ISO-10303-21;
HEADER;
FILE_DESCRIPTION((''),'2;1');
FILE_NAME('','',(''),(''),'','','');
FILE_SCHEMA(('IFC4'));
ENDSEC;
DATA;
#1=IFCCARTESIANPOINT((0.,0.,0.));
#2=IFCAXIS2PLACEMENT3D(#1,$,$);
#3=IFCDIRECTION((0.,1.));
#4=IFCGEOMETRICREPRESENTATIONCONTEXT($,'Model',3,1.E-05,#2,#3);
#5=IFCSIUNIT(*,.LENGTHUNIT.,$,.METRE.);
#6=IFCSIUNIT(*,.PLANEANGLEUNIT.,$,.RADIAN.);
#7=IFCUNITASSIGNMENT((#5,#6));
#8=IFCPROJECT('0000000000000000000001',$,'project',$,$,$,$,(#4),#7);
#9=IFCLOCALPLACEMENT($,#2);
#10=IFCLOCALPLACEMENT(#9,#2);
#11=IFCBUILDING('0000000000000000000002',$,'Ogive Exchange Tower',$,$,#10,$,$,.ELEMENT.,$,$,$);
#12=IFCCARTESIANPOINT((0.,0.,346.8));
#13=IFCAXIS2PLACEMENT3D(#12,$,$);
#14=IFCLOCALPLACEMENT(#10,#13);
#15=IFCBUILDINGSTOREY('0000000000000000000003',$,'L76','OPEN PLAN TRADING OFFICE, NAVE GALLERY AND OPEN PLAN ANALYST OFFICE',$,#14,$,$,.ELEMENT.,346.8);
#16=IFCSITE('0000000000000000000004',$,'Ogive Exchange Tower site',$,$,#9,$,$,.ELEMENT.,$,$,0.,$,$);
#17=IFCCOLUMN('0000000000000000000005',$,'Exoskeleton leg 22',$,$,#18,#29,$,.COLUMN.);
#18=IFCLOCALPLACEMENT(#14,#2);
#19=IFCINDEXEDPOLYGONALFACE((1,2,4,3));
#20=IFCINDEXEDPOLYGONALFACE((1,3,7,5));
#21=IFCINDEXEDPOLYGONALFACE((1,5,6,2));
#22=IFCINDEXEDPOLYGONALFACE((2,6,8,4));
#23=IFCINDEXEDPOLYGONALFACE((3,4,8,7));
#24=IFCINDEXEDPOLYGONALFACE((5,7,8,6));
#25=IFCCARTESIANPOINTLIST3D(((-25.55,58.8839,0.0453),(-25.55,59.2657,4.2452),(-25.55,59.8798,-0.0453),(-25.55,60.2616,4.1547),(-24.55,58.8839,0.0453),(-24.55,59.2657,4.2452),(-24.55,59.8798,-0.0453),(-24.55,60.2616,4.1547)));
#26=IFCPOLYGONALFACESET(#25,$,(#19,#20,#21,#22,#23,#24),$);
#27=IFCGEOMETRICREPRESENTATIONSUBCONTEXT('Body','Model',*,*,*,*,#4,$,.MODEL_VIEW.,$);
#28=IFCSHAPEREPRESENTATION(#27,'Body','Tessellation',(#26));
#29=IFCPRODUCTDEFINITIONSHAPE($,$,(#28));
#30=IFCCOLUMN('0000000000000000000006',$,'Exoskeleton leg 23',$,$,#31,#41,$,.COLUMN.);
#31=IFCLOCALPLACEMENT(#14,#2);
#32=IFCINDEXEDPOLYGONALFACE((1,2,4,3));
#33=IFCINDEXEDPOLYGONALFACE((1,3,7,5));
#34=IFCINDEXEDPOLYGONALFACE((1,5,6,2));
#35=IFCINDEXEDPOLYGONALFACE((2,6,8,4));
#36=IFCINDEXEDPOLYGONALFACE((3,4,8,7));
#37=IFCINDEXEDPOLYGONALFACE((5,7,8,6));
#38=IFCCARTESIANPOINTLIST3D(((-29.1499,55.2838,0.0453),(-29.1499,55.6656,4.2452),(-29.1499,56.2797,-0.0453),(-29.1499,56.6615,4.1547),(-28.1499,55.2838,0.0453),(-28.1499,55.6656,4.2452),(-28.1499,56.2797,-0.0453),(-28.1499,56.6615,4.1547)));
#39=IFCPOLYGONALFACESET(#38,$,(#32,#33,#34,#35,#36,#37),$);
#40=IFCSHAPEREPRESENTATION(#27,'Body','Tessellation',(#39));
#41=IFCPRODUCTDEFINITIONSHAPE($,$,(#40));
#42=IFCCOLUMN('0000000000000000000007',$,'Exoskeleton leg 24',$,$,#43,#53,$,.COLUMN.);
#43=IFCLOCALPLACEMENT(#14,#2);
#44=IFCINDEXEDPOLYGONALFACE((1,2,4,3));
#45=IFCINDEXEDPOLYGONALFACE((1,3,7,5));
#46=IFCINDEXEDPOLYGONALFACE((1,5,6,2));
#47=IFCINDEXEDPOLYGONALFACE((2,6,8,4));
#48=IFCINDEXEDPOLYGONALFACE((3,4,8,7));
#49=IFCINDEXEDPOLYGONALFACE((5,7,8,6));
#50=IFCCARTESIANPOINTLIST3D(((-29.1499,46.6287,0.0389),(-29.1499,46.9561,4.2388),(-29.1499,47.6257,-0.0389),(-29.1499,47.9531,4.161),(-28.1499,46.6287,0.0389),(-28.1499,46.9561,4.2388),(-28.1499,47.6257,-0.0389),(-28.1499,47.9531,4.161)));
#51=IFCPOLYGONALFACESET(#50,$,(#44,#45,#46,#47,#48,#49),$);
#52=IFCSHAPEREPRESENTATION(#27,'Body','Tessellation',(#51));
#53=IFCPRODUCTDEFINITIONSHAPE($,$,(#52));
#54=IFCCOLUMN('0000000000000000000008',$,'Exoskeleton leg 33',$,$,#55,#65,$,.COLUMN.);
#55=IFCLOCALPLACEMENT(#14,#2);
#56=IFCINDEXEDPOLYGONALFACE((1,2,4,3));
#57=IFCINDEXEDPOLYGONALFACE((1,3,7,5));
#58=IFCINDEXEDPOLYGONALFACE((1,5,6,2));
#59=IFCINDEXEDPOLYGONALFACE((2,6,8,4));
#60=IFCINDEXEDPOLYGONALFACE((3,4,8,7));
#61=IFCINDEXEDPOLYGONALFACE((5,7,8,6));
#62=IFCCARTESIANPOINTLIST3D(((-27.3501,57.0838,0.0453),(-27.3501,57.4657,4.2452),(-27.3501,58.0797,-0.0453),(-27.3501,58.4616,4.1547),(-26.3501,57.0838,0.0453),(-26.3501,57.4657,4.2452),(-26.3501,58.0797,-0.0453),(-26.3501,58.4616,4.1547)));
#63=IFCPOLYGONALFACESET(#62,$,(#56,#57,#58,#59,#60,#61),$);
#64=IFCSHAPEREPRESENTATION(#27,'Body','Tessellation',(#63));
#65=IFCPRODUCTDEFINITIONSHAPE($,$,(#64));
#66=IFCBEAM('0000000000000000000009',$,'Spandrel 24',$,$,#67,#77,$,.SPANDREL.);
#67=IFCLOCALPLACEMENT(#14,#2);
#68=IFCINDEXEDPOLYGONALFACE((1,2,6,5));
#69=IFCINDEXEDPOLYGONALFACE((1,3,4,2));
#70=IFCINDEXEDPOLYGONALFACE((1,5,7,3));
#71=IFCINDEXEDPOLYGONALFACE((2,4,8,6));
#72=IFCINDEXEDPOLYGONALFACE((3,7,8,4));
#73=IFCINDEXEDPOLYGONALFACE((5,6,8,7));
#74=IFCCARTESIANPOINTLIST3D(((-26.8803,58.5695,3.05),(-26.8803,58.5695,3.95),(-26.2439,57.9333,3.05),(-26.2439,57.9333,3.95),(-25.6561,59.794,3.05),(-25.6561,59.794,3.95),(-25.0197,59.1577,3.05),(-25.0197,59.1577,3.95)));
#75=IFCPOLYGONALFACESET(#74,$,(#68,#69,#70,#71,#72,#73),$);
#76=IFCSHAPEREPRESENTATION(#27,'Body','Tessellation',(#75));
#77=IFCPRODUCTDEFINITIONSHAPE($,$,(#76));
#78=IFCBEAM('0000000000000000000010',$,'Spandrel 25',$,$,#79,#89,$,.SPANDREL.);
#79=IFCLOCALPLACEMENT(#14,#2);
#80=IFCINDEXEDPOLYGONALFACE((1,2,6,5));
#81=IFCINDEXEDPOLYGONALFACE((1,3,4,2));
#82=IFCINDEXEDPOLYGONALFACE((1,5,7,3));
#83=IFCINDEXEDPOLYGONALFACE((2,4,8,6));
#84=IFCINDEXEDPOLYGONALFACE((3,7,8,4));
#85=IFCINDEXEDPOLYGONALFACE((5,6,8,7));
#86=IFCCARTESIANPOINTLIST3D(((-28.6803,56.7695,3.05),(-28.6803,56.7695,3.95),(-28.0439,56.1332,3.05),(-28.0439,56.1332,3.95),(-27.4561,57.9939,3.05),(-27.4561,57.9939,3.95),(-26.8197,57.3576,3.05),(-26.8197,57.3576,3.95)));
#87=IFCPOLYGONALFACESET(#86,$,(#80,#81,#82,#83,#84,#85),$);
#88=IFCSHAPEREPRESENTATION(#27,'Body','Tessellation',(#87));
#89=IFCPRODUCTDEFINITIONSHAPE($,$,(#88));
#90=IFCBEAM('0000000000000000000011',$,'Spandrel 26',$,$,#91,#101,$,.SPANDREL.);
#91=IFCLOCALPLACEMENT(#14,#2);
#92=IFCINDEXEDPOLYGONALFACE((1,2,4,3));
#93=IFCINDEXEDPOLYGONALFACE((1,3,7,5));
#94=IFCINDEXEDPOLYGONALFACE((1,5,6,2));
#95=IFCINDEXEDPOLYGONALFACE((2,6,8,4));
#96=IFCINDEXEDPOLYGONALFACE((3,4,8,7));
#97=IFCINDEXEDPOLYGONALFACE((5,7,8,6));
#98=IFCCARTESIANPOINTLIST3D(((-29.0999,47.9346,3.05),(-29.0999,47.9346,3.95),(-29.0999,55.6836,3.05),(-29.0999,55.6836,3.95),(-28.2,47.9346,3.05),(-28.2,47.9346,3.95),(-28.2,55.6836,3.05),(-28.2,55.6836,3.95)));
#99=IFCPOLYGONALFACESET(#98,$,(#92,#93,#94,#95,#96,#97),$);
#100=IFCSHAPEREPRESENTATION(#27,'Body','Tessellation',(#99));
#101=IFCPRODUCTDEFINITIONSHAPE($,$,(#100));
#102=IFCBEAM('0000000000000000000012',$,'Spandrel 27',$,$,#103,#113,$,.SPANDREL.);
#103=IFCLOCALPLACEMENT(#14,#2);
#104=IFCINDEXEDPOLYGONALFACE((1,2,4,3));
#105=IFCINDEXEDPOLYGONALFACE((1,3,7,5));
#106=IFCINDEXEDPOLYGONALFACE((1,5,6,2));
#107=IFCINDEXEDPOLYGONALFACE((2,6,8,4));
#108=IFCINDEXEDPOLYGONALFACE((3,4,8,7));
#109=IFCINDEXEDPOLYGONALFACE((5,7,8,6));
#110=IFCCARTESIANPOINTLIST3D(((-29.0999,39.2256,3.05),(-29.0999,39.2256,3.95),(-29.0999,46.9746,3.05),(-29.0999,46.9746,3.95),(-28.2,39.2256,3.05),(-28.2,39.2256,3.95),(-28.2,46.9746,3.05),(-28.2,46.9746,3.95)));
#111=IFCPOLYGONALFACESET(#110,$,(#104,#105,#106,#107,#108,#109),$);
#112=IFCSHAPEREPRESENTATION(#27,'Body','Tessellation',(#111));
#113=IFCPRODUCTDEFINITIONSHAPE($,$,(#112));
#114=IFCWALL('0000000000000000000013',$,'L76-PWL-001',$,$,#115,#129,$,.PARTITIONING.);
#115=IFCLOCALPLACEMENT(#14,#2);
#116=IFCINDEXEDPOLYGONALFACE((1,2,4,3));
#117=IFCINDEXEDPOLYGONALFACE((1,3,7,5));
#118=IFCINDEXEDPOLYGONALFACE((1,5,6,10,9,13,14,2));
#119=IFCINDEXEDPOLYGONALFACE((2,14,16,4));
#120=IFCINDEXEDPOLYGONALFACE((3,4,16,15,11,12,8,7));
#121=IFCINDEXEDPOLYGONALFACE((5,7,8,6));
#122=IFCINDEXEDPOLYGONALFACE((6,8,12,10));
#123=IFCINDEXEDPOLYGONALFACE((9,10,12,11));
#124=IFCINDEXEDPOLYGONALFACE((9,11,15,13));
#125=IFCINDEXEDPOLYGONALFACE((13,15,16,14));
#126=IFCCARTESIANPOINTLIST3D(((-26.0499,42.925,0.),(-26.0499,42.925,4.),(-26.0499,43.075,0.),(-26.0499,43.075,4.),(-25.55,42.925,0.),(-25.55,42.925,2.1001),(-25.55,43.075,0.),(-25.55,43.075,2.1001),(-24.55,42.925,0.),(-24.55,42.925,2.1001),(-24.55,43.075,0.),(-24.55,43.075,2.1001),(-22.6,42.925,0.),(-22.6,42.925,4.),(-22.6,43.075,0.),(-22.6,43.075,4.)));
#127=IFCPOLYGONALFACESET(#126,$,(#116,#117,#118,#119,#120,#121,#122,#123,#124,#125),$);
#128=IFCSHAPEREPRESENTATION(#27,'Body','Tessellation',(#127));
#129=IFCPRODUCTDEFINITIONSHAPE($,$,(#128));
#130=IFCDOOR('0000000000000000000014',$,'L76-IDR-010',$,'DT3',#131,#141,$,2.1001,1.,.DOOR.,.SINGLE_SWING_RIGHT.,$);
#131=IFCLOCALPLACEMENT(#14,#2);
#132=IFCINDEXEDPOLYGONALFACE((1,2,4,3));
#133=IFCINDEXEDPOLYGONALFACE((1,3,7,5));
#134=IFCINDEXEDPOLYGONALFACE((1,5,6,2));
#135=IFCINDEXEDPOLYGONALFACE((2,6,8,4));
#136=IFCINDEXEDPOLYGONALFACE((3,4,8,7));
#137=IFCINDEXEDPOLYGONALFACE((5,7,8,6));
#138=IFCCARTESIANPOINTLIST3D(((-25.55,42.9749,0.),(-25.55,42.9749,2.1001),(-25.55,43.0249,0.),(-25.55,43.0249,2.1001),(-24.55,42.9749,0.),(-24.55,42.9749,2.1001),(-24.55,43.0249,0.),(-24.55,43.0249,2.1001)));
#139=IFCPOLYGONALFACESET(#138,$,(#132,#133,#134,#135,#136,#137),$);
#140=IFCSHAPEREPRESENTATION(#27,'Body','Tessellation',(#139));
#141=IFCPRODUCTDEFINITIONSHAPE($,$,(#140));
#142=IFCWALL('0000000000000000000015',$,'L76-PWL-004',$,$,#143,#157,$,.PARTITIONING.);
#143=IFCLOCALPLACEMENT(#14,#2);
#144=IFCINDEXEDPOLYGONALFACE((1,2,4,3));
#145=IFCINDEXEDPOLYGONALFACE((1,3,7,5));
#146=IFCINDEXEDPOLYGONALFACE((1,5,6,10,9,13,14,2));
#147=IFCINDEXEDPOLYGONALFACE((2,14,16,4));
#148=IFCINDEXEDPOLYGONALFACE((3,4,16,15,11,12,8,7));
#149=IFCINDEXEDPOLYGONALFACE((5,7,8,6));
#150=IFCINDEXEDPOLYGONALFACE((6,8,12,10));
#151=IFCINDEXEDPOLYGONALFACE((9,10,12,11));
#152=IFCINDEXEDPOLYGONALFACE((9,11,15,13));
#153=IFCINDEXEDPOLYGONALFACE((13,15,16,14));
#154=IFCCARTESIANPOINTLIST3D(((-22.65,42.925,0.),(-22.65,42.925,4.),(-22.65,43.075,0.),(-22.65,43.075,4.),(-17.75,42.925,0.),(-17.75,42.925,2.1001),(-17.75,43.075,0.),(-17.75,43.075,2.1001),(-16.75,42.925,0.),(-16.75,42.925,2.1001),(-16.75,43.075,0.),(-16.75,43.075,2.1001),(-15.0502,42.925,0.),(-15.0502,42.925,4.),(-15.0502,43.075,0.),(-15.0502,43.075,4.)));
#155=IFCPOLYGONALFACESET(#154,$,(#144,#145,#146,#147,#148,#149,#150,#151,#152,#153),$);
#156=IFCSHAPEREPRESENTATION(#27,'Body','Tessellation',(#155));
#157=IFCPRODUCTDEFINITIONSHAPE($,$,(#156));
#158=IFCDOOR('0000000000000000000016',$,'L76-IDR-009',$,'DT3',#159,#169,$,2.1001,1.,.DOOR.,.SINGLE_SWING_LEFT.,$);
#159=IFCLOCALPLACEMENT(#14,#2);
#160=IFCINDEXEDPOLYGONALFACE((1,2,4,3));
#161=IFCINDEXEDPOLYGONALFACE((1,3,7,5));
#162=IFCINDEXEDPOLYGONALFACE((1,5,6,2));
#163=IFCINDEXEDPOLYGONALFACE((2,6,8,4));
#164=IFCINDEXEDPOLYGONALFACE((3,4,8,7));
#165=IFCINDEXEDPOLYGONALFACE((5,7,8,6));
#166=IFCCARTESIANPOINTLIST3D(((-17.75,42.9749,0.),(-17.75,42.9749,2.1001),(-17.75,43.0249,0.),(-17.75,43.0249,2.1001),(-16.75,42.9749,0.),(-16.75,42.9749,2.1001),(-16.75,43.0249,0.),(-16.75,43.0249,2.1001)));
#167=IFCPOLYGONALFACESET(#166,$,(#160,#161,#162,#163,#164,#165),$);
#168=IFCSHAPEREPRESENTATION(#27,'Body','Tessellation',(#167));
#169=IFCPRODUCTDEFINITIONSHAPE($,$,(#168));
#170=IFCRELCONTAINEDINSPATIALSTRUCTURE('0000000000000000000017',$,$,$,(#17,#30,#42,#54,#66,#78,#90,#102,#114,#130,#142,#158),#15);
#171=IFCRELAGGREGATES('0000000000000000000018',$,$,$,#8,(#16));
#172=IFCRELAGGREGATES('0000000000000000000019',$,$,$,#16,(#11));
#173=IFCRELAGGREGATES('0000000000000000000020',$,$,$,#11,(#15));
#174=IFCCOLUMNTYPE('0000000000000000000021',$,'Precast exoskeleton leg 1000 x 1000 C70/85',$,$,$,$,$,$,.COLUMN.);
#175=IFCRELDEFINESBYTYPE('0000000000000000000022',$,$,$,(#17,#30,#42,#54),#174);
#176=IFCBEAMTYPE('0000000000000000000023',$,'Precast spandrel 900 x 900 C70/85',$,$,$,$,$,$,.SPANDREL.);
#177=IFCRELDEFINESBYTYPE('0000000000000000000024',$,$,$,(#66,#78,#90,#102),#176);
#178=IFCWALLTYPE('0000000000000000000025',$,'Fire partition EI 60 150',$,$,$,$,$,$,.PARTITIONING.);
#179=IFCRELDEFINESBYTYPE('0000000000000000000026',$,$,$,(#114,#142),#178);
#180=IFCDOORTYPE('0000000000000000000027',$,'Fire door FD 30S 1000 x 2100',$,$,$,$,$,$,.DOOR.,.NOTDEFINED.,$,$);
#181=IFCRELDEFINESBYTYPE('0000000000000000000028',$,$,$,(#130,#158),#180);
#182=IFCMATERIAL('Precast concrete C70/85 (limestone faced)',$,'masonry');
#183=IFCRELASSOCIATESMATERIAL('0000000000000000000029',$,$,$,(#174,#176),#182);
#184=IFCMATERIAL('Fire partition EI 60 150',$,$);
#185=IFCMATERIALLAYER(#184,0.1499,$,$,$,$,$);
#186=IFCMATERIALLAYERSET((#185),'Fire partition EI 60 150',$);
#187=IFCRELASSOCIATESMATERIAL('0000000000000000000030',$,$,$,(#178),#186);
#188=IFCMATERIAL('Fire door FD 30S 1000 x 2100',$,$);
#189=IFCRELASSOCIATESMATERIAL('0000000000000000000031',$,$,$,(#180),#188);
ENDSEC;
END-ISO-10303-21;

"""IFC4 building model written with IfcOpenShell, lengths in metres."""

from ifc_helpers import new_model, si_unit, direction, frame, frame_2d, origin, origin_2d, place, context, subcontext, project, spatial, rectangle, extrude, material, layer, layer_set, material_profile, profile_set, type_object, element, fill, save


model = new_model("IFC4")

# Units and contexts
model_context = context("Model", 3, precision=1e-05, world=origin(), true_north=direction((0.0, 1.0)))
body_context = subcontext(model_context, "Body", "Model", "MODEL_VIEW")
ifc_project = project(units=[si_unit("LENGTHUNIT", "METRE"), si_unit("PLANEANGLEUNIT", "RADIAN")], contexts=[model_context])

# Site, building, storey
site_placement = place(None, origin())
site = spatial("IfcSite", under=ifc_project, at=site_placement, Name="Ogive Exchange Tower site", CompositionType="ELEMENT", RefElevation=0.0)
building_placement = place(site_placement, origin())
building = spatial("IfcBuilding", under=site, at=building_placement, Name="Ogive Exchange Tower", CompositionType="ELEMENT")
storey_placement = place(building_placement, frame((0.0, 0.0, 346.8)))
storey = spatial("IfcBuildingStorey", under=building, at=storey_placement, Name="L76", Description="OPEN PLAN TRADING OFFICE, NAVE GALLERY AND OPEN PLAN ANALYST OFFICE", CompositionType="ELEMENT", Elevation=346.8)

# Columns
ifc_material_1 = material(Name="Precast concrete C70/85 (limestone faced)", Category="masonry")
ifc_material_profile_1 = material_profile(ifc_material_1, rectangle(XDim=1.0, YDim=1.0, at=origin_2d()), Name="1000 x 1000")
ifc_profile_set_1 = profile_set([ifc_material_profile_1], Name="Precast concrete C70/85 (limestone faced)")
column_type = type_object("IfcColumnType", Name="Precast exoskeleton leg 1000 x 1000 C70/85", PredefinedType="COLUMN", material=ifc_profile_set_1)
for number, where, z_axis, x_axis, name in (
    (1, (-25.05, 59.3818, 0.0), (0.0, 0.090541, 0.995893), (-1.0, 0.0, 0.0), "Exoskeleton leg 22"),
    (2, (-28.6499, 55.7817, 0.0), (0.0, 0.090541, 0.995893), (-1.0, 0.0, 0.0), "Exoskeleton leg 23"),
):
    element("IfcColumn", number, at=place(storey_placement, frame(where, z_axis=z_axis, x_axis=x_axis)), inside=storey, type_object=column_type, Name=name, PredefinedType="COLUMN", context=body_context, shape_type="SweptSolid", body=[
        extrude(rectangle(XDim=1.0, YDim=1.0, at=origin_2d()), origin(), (0.0, 0.0, 1.0), 4.2173),
    ])
column_1_placement = place(storey_placement, frame((-28.6499, 47.1272, 0.0), z_axis=(0.0, 0.077716, 0.996976), x_axis=(-1.0, 0.0, 0.0)))
element("IfcColumn", 3, at=column_1_placement, inside=storey, type_object=column_type, Name="Exoskeleton leg 24", PredefinedType="COLUMN", context=body_context, shape_type="SweptSolid", body=[
    extrude(rectangle(XDim=1.0, YDim=1.0, at=origin_2d()), origin(), (0.0, 0.0, 1.0), 4.2126),
])
column_2_placement = place(storey_placement, frame((-26.8501, 57.5818, 0.0), z_axis=(0.0, 0.090541, 0.995893), x_axis=(-1.0, 0.0, 0.0)))
element("IfcColumn", 4, at=column_2_placement, inside=storey, type_object=column_type, Name="Exoskeleton leg 33", PredefinedType="COLUMN", context=body_context, shape_type="SweptSolid", body=[
    extrude(rectangle(XDim=1.0, YDim=1.0, at=origin_2d()), origin(), (0.0, 0.0, 1.0), 4.2173),
])

# Beams
ifc_material_profile_2 = material_profile(ifc_material_1, rectangle(XDim=0.8999, YDim=0.8999, at=origin_2d()), Name="900 x 900")
ifc_profile_set_2 = profile_set([ifc_material_profile_2], Name="Precast concrete C70/85 (limestone faced)")
beam_type = type_object("IfcBeamType", Name="Precast spandrel 900 x 900 C70/85", PredefinedType="SPANDREL", material=ifc_profile_set_2)
for number, where, z_axis, x_axis, name in (
    (5, (-25.3379, 59.4758, 3.5), (-0.707036, -0.707177, 0.0), (0.707177, -0.707036, 0.0), "Spandrel 24"),
    (6, (-27.1379, 57.6758, 3.5), (-0.707036, -0.707177, 0.0), (0.707177, -0.707036, 0.0), "Spandrel 25"),
):
    element("IfcBeam", number, at=place(storey_placement, frame(where, z_axis=z_axis, x_axis=x_axis)), inside=storey, type_object=beam_type, Name=name, PredefinedType="SPANDREL", context=body_context, shape_type="SweptSolid", body=[
        extrude(rectangle(XDim=0.8999, YDim=0.8999, at=origin_2d()), origin(), (0.0, 0.0, 1.0), 1.7314),
    ])
for number, where, z_axis, x_axis, name in (
    (7, (-28.6499, 55.6836, 3.5), (0.0, -1.0, 0.0), (1.0, 0.0, 0.0), "Spandrel 26"),
    (8, (-28.6499, 46.9746, 3.5), (0.0, -1.0, 0.0), (1.0, 0.0, 0.0), "Spandrel 27"),
):
    element("IfcBeam", number, at=place(storey_placement, frame(where, z_axis=z_axis, x_axis=x_axis)), inside=storey, type_object=beam_type, Name=name, PredefinedType="SPANDREL", context=body_context, shape_type="SweptSolid", body=[
        extrude(rectangle(XDim=0.8999, YDim=0.8999, at=origin_2d()), origin(), (0.0, 0.0, 1.0), 7.749),
    ])

# Walls, openings, doors
ifc_material_2 = material(Name="Fire partition EI 60 150")
ifc_layer_1 = layer(ifc_material_2, 0.1499)
ifc_layer_set_1 = layer_set([ifc_layer_1], Name="Fire partition EI 60 150")
wall_type_1 = type_object("IfcWallType", Name="Fire partition EI 60 150", PredefinedType="PARTITIONING", material=ifc_layer_set_1)
wall_1_placement = place(storey_placement, frame((-26.05, 43.0, 0.0), z_axis=(0.0, 0.0, 1.0), x_axis=(1.0, 0.0, 0.0)))
wall_1 = element("IfcWall", 9, at=wall_1_placement, inside=storey, type_object=wall_type_1, Name="L76-PWL-001", PredefinedType="PARTITIONING", context=body_context, shape_type="SweptSolid", body=[
    extrude(rectangle(XDim=3.45, YDim=0.1499, at=frame_2d((1.7251, 0.0))), origin(), (0.0, 0.0, 1.0), 4.0),
])
opening_1_placement = place(wall_1_placement, frame((0.5, 0.0, 0.0)))
opening_1 = element("IfcOpeningElement", 10, at=opening_1_placement, cuts=wall_1, PredefinedType="OPENING", context=body_context, shape_type="SweptSolid", body=[
    extrude(rectangle(XDim=1.0, YDim=2.1001, at=frame_2d((0.5, 1.05))), frame((0.0, 0.085, 0.0), z_axis=(0.0, -1.0, 0.0), x_axis=(1.0, 0.0, 0.0)), (0.0, 0.0, 1.0), 0.1699),
])
ifc_material_3 = material(Name="Fire door FD 30S 1000 x 2100")
door_type_1 = type_object("IfcDoorType", Name="Fire door FD 30S 1000 x 2100", OperationType="NOTDEFINED", PredefinedType="DOOR", material=ifc_material_3)
door_1_placement = place(opening_1_placement, origin())
door_1 = element("IfcDoor", 11, at=door_1_placement, inside=storey, type_object=door_type_1, Name="L76-IDR-010", ObjectType="DT3", OperationType="SINGLE_SWING_RIGHT", OverallHeight=2.1001, OverallWidth=1.0, PredefinedType="DOOR", context=body_context, shape_type="SweptSolid", body=[
    extrude(rectangle(XDim=1.0, YDim=2.1001, at=frame_2d((0.5, 1.05))), frame((0.0, 0.0249, 0.0), z_axis=(0.0, -1.0, 0.0), x_axis=(1.0, 0.0, 0.0)), (0.0, 0.0, 1.0), 0.05),
])
fill(opening_1, door_1)
wall_2_placement = place(storey_placement, frame((-22.6499, 43.0, 0.0), z_axis=(0.0, 0.0, 1.0), x_axis=(1.0, 0.0, 0.0)))
wall_2 = element("IfcWall", 12, at=wall_2_placement, inside=storey, type_object=wall_type_1, Name="L76-PWL-004", PredefinedType="PARTITIONING", context=body_context, shape_type="SweptSolid", body=[
    extrude(rectangle(XDim=7.5999, YDim=0.1499, at=frame_2d((3.7998, 0.0))), origin(), (0.0, 0.0, 1.0), 4.0),
])
opening_2_placement = place(wall_2_placement, frame((4.8999, 0.0, 0.0)))
opening_2 = element("IfcOpeningElement", 13, at=opening_2_placement, cuts=wall_2, PredefinedType="OPENING", context=body_context, shape_type="SweptSolid", body=[
    extrude(rectangle(XDim=1.0, YDim=2.1001, at=frame_2d((0.5, 1.05))), frame((0.0, 0.085, 0.0), z_axis=(0.0, -1.0, 0.0), x_axis=(1.0, 0.0, 0.0)), (0.0, 0.0, 1.0), 0.1699),
])
door_2_placement = place(opening_2_placement, origin())
door_2 = element("IfcDoor", 14, at=door_2_placement, inside=storey, type_object=door_type_1, Name="L76-IDR-009", ObjectType="DT3", OperationType="SINGLE_SWING_LEFT", OverallHeight=2.1001, OverallWidth=1.0, PredefinedType="DOOR", context=body_context, shape_type="SweptSolid", body=[
    extrude(rectangle(XDim=1.0, YDim=2.1001, at=frame_2d((0.5, 1.05))), frame((0.0, 0.0249, 0.0), z_axis=(0.0, -1.0, 0.0), x_axis=(1.0, 0.0, 0.0)), (0.0, 0.0, 1.0), 0.05),
])
fill(opening_2, door_2)

save(model, "model.ifc")
